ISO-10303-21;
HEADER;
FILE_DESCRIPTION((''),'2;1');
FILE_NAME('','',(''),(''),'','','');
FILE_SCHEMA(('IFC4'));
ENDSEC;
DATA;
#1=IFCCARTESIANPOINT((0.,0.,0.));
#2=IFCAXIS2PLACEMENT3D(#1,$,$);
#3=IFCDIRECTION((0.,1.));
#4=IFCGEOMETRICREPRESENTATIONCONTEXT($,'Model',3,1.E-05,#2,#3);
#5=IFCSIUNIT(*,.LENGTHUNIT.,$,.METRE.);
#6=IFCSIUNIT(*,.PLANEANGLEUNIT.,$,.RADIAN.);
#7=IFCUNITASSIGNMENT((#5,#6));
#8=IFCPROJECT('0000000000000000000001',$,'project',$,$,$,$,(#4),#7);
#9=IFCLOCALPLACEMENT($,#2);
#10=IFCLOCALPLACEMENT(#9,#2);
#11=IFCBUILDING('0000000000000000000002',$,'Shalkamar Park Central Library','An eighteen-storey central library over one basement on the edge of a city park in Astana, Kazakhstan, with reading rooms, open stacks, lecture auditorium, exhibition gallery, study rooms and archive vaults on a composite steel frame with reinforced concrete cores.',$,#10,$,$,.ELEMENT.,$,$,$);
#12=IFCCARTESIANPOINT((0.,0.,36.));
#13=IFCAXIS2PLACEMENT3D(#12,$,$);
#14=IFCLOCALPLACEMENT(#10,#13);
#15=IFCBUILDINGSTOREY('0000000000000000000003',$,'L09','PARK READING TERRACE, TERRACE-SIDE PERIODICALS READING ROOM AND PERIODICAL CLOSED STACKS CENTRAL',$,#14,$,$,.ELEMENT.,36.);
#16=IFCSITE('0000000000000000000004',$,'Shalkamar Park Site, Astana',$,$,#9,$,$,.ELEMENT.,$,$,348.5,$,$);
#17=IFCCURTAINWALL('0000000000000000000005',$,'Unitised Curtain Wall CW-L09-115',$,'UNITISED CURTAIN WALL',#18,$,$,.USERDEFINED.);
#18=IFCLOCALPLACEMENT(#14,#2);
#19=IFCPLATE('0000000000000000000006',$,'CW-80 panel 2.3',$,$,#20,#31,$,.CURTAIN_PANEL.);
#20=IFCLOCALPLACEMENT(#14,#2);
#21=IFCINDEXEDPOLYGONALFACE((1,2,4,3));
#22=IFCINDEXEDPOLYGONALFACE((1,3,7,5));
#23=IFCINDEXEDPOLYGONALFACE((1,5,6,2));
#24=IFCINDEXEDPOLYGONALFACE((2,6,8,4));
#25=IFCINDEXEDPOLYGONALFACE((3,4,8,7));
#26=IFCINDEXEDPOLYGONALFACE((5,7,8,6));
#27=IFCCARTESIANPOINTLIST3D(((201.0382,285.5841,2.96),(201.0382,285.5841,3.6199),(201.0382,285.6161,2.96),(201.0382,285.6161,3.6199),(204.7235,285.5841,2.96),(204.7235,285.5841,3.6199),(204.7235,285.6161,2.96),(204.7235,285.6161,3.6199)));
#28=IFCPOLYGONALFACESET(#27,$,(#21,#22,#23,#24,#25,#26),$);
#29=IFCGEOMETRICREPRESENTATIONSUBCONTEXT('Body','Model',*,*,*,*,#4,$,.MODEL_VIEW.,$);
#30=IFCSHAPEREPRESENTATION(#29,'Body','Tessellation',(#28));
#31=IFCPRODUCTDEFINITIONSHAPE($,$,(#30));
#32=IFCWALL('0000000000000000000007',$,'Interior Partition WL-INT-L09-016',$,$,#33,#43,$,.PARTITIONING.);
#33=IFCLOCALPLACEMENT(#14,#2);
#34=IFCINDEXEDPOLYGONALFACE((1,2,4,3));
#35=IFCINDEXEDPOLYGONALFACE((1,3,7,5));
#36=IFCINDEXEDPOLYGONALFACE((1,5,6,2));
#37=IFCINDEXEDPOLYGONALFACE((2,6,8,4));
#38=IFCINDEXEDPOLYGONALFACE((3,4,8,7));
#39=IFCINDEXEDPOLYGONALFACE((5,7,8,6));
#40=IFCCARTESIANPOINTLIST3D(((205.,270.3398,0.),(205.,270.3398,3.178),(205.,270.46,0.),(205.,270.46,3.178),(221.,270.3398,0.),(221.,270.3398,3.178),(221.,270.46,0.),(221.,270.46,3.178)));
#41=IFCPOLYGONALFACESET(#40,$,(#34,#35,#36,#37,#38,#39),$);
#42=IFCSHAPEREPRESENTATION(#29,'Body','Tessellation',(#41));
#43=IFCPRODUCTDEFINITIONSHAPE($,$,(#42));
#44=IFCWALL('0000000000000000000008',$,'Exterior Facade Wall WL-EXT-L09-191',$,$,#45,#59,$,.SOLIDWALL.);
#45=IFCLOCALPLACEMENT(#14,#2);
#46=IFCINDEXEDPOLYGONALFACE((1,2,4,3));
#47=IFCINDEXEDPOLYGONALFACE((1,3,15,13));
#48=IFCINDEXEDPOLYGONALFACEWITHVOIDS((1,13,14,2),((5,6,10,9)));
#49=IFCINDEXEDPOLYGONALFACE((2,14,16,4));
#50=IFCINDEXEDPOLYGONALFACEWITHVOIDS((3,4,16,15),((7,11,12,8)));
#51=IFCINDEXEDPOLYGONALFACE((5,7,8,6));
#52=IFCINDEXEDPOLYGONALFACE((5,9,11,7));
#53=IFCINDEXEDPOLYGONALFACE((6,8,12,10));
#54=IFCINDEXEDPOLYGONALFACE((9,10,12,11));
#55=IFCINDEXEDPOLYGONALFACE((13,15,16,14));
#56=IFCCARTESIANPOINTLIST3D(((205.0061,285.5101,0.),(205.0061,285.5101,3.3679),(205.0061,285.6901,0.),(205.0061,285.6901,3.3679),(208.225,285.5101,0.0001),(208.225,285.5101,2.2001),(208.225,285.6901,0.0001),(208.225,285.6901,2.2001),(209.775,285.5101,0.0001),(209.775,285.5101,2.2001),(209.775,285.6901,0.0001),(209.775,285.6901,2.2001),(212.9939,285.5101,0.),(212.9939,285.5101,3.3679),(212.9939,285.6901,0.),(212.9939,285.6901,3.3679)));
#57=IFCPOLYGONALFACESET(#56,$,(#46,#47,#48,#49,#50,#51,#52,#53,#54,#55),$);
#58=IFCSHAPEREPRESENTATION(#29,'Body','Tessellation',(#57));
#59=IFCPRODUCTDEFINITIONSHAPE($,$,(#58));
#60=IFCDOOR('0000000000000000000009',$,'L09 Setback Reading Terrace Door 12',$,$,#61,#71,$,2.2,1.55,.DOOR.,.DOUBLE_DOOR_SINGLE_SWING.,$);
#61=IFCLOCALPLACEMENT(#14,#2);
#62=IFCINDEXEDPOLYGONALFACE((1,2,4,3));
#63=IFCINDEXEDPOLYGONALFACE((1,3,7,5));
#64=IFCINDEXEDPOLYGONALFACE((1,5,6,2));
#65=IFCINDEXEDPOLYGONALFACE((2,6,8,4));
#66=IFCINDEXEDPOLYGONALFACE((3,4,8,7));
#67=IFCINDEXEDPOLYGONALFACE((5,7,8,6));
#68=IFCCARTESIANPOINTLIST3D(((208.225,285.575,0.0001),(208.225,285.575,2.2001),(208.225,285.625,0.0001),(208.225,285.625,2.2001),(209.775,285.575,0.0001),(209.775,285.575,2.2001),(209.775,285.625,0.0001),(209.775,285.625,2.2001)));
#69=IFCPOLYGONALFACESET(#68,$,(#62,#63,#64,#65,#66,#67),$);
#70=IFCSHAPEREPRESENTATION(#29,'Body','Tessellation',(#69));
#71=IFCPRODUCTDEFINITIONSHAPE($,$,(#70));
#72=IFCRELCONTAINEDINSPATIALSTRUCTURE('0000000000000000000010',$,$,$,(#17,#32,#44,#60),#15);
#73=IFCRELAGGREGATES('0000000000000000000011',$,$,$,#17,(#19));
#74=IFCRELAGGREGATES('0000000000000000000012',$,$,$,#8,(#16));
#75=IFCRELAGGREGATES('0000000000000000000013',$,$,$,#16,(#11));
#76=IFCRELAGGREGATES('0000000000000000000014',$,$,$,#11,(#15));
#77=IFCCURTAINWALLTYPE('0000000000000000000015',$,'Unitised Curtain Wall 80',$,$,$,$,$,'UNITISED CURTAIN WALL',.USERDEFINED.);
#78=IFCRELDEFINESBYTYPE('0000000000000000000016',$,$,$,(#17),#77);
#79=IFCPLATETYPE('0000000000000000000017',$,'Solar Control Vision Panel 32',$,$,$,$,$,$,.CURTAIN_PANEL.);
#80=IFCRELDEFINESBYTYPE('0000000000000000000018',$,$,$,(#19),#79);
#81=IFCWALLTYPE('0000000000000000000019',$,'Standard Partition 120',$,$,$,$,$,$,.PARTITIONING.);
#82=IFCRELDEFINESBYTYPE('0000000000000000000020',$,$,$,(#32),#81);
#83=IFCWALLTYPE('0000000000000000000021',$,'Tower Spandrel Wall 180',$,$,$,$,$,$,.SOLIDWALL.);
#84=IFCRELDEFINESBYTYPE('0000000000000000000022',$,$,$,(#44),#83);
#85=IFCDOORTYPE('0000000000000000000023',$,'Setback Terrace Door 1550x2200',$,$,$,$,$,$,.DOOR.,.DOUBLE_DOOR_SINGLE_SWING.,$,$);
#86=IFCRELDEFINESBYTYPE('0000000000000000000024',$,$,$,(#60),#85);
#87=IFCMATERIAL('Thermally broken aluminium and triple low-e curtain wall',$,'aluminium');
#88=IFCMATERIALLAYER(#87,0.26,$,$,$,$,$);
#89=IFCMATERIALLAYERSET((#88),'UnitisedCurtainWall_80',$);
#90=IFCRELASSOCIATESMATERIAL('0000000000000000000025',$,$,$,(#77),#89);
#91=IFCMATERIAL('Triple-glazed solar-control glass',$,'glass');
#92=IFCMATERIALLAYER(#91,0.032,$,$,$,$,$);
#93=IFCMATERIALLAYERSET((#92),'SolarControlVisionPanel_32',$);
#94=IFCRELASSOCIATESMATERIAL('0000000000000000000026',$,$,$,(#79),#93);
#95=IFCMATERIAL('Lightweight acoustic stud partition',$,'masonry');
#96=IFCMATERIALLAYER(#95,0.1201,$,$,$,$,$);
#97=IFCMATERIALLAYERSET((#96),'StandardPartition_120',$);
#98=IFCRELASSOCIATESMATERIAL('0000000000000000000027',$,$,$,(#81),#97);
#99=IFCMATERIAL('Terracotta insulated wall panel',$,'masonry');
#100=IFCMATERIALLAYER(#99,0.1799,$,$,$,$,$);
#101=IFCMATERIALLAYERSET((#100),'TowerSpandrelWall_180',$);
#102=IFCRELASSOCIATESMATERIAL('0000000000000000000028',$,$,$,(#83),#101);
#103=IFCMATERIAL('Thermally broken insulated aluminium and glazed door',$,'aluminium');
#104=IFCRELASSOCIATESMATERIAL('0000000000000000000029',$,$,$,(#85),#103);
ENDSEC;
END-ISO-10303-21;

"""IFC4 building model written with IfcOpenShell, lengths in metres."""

from ifc_helpers import new_model, si_unit, direction, frame, frame_2d, origin, origin_2d, place, context, subcontext, project, spatial, rectangle, extrude, material, layer, layer_set, type_object, element, fill, aggregate, save


model = new_model("IFC4")

# Units and contexts
model_context = context("Model", 3, precision=1e-05, world=origin(), true_north=direction((0.0, 1.0)))
body_context = subcontext(model_context, "Body", "Model", "MODEL_VIEW")
ifc_project = project(units=[si_unit("LENGTHUNIT", "METRE"), si_unit("PLANEANGLEUNIT", "RADIAN")], contexts=[model_context])

# Site, building, storey
site_placement = place(None, origin())
site = spatial("IfcSite", under=ifc_project, at=site_placement, Name="Shalkamar Park Site, Astana", CompositionType="ELEMENT", RefElevation=348.5)
building_placement = place(site_placement, origin())
building = spatial("IfcBuilding", under=site, at=building_placement, Name="Shalkamar Park Central Library", Description="An eighteen-storey central library over one basement on the edge of a city park in Astana, Kazakhstan, with reading rooms, open stacks, lecture auditorium, exhibition gallery, study rooms and archive vaults on a composite steel frame with reinforced concrete cores.", CompositionType="ELEMENT")
storey_placement = place(building_placement, frame((0.0, 0.0, 36.0)))
storey = spatial("IfcBuildingStorey", under=building, at=storey_placement, Name="L09", Description="PARK READING TERRACE, TERRACE-SIDE PERIODICALS READING ROOM AND PERIODICAL CLOSED STACKS CENTRAL", CompositionType="ELEMENT", Elevation=36.0)

# Curtain wall
ifc_material_1 = material(Name="Thermally broken aluminium and triple low-e curtain wall", Category="aluminium")
ifc_layer_1 = layer(ifc_material_1, 0.26)
ifc_layer_set_1 = layer_set([ifc_layer_1], Name="UnitisedCurtainWall_80")
curtain_wall_type = type_object("IfcCurtainWallType", Name="Unitised Curtain Wall 80", ElementType="UNITISED CURTAIN WALL", PredefinedType="USERDEFINED", material=ifc_layer_set_1)
curtain_wall_placement = place(storey_placement, origin())
curtain_wall = element("IfcCurtainWall", 1, at=curtain_wall_placement, inside=storey, type_object=curtain_wall_type, Name="Unitised Curtain Wall CW-L09-115", ObjectType="UNITISED CURTAIN WALL", PredefinedType="USERDEFINED")

# Plate
ifc_material_2 = material(Name="Triple-glazed solar-control glass", Category="glass")
ifc_layer_2 = layer(ifc_material_2, 0.032)
ifc_layer_set_2 = layer_set([ifc_layer_2], Name="SolarControlVisionPanel_32")
plate_type = type_object("IfcPlateType", Name="Solar Control Vision Panel 32", PredefinedType="CURTAIN_PANEL", material=ifc_layer_set_2)
plate_1_placement = place(storey_placement, frame((202.8809, 285.6001, 2.96), z_axis=(0.0, 0.0, 1.0), x_axis=(1.0, 0.0, 0.0)))
plate_1 = element("IfcPlate", 2, at=plate_1_placement, type_object=plate_type, Name="CW-80 panel 2.3", PredefinedType="CURTAIN_PANEL", context=body_context, shape_type="SweptSolid", body=[
    extrude(rectangle(XDim=3.6853, YDim=0.032, at=origin_2d()), origin(), (0.0, 0.0, 1.0), 0.6599),
])
aggregate(curtain_wall, [plate_1])

# Wall
ifc_material_3 = material(Name="Lightweight acoustic stud partition", Category="masonry")
ifc_layer_3 = layer(ifc_material_3, 0.1201)
ifc_layer_set_3 = layer_set([ifc_layer_3], Name="StandardPartition_120")
wall_type_1 = type_object("IfcWallType", Name="Standard Partition 120", PredefinedType="PARTITIONING", material=ifc_layer_set_3)
wall_1_placement = place(storey_placement, frame((205.0, 270.3999, 0.0), z_axis=(0.0, 0.0, 1.0), x_axis=(1.0, 0.0, 0.0)))
element("IfcWall", 3, at=wall_1_placement, inside=storey, type_object=wall_type_1, Name="Interior Partition WL-INT-L09-016", PredefinedType="PARTITIONING", context=body_context, shape_type="SweptSolid", body=[
    extrude(rectangle(XDim=16.0, YDim=0.1201, at=frame_2d((8.0, 0.0))), origin(), (0.0, 0.0, 1.0), 3.178),
])

# Wall, opening, door
ifc_material_4 = material(Name="Terracotta insulated wall panel", Category="masonry")
ifc_layer_4 = layer(ifc_material_4, 0.1799)
ifc_layer_set_4 = layer_set([ifc_layer_4], Name="TowerSpandrelWall_180")
wall_type_2 = type_object("IfcWallType", Name="Tower Spandrel Wall 180", PredefinedType="SOLIDWALL", material=ifc_layer_set_4)
wall_2_placement = place(storey_placement, frame((205.0061, 285.6001, 0.0), z_axis=(0.0, 0.0, 1.0), x_axis=(1.0, 0.0, 0.0)))
wall_2 = element("IfcWall", 4, at=wall_2_placement, inside=storey, type_object=wall_type_2, Name="Exterior Facade Wall WL-EXT-L09-191", PredefinedType="SOLIDWALL", context=body_context, shape_type="SweptSolid", body=[
    extrude(rectangle(XDim=7.9878, YDim=0.1799, at=frame_2d((3.9939, 0.0))), origin(), (0.0, 0.0, 1.0), 3.3679),
])
opening_placement = place(wall_2_placement, frame((3.219, 0.0, 0.0)))
opening = element("IfcOpeningElement", 5, at=opening_placement, cuts=wall_2, PredefinedType="OPENING", context=body_context, shape_type="SweptSolid", body=[
    extrude(rectangle(XDim=1.55, YDim=2.2, at=frame_2d((0.7749, 1.1001))), frame((0.0, 0.105, 0.0), z_axis=(0.0, -1.0, 0.0), x_axis=(1.0, 0.0, 0.0)), (0.0, 0.0, 1.0), 0.2097),
])
ifc_material_5 = material(Name="Thermally broken insulated aluminium and glazed door", Category="aluminium")
door_type = type_object("IfcDoorType", Name="Setback Terrace Door 1550x2200", OperationType="DOUBLE_DOOR_SINGLE_SWING", PredefinedType="DOOR", material=ifc_material_5)
door_placement = place(opening_placement, origin())
door = element("IfcDoor", 6, at=door_placement, inside=storey, type_object=door_type, Name="L09 Setback Reading Terrace Door 12", OperationType="DOUBLE_DOOR_SINGLE_SWING", OverallHeight=2.2, OverallWidth=1.55, PredefinedType="DOOR", context=body_context, shape_type="SweptSolid", body=[
    extrude(rectangle(XDim=1.55, YDim=2.2, at=frame_2d((0.7749, 1.1001))), frame((0.0, 0.0249, 0.0), z_axis=(0.0, -1.0, 0.0), x_axis=(1.0, 0.0, 0.0)), (0.0, 0.0, 1.0), 0.05),
])
fill(opening, door)

save(model, "model.ifc")
